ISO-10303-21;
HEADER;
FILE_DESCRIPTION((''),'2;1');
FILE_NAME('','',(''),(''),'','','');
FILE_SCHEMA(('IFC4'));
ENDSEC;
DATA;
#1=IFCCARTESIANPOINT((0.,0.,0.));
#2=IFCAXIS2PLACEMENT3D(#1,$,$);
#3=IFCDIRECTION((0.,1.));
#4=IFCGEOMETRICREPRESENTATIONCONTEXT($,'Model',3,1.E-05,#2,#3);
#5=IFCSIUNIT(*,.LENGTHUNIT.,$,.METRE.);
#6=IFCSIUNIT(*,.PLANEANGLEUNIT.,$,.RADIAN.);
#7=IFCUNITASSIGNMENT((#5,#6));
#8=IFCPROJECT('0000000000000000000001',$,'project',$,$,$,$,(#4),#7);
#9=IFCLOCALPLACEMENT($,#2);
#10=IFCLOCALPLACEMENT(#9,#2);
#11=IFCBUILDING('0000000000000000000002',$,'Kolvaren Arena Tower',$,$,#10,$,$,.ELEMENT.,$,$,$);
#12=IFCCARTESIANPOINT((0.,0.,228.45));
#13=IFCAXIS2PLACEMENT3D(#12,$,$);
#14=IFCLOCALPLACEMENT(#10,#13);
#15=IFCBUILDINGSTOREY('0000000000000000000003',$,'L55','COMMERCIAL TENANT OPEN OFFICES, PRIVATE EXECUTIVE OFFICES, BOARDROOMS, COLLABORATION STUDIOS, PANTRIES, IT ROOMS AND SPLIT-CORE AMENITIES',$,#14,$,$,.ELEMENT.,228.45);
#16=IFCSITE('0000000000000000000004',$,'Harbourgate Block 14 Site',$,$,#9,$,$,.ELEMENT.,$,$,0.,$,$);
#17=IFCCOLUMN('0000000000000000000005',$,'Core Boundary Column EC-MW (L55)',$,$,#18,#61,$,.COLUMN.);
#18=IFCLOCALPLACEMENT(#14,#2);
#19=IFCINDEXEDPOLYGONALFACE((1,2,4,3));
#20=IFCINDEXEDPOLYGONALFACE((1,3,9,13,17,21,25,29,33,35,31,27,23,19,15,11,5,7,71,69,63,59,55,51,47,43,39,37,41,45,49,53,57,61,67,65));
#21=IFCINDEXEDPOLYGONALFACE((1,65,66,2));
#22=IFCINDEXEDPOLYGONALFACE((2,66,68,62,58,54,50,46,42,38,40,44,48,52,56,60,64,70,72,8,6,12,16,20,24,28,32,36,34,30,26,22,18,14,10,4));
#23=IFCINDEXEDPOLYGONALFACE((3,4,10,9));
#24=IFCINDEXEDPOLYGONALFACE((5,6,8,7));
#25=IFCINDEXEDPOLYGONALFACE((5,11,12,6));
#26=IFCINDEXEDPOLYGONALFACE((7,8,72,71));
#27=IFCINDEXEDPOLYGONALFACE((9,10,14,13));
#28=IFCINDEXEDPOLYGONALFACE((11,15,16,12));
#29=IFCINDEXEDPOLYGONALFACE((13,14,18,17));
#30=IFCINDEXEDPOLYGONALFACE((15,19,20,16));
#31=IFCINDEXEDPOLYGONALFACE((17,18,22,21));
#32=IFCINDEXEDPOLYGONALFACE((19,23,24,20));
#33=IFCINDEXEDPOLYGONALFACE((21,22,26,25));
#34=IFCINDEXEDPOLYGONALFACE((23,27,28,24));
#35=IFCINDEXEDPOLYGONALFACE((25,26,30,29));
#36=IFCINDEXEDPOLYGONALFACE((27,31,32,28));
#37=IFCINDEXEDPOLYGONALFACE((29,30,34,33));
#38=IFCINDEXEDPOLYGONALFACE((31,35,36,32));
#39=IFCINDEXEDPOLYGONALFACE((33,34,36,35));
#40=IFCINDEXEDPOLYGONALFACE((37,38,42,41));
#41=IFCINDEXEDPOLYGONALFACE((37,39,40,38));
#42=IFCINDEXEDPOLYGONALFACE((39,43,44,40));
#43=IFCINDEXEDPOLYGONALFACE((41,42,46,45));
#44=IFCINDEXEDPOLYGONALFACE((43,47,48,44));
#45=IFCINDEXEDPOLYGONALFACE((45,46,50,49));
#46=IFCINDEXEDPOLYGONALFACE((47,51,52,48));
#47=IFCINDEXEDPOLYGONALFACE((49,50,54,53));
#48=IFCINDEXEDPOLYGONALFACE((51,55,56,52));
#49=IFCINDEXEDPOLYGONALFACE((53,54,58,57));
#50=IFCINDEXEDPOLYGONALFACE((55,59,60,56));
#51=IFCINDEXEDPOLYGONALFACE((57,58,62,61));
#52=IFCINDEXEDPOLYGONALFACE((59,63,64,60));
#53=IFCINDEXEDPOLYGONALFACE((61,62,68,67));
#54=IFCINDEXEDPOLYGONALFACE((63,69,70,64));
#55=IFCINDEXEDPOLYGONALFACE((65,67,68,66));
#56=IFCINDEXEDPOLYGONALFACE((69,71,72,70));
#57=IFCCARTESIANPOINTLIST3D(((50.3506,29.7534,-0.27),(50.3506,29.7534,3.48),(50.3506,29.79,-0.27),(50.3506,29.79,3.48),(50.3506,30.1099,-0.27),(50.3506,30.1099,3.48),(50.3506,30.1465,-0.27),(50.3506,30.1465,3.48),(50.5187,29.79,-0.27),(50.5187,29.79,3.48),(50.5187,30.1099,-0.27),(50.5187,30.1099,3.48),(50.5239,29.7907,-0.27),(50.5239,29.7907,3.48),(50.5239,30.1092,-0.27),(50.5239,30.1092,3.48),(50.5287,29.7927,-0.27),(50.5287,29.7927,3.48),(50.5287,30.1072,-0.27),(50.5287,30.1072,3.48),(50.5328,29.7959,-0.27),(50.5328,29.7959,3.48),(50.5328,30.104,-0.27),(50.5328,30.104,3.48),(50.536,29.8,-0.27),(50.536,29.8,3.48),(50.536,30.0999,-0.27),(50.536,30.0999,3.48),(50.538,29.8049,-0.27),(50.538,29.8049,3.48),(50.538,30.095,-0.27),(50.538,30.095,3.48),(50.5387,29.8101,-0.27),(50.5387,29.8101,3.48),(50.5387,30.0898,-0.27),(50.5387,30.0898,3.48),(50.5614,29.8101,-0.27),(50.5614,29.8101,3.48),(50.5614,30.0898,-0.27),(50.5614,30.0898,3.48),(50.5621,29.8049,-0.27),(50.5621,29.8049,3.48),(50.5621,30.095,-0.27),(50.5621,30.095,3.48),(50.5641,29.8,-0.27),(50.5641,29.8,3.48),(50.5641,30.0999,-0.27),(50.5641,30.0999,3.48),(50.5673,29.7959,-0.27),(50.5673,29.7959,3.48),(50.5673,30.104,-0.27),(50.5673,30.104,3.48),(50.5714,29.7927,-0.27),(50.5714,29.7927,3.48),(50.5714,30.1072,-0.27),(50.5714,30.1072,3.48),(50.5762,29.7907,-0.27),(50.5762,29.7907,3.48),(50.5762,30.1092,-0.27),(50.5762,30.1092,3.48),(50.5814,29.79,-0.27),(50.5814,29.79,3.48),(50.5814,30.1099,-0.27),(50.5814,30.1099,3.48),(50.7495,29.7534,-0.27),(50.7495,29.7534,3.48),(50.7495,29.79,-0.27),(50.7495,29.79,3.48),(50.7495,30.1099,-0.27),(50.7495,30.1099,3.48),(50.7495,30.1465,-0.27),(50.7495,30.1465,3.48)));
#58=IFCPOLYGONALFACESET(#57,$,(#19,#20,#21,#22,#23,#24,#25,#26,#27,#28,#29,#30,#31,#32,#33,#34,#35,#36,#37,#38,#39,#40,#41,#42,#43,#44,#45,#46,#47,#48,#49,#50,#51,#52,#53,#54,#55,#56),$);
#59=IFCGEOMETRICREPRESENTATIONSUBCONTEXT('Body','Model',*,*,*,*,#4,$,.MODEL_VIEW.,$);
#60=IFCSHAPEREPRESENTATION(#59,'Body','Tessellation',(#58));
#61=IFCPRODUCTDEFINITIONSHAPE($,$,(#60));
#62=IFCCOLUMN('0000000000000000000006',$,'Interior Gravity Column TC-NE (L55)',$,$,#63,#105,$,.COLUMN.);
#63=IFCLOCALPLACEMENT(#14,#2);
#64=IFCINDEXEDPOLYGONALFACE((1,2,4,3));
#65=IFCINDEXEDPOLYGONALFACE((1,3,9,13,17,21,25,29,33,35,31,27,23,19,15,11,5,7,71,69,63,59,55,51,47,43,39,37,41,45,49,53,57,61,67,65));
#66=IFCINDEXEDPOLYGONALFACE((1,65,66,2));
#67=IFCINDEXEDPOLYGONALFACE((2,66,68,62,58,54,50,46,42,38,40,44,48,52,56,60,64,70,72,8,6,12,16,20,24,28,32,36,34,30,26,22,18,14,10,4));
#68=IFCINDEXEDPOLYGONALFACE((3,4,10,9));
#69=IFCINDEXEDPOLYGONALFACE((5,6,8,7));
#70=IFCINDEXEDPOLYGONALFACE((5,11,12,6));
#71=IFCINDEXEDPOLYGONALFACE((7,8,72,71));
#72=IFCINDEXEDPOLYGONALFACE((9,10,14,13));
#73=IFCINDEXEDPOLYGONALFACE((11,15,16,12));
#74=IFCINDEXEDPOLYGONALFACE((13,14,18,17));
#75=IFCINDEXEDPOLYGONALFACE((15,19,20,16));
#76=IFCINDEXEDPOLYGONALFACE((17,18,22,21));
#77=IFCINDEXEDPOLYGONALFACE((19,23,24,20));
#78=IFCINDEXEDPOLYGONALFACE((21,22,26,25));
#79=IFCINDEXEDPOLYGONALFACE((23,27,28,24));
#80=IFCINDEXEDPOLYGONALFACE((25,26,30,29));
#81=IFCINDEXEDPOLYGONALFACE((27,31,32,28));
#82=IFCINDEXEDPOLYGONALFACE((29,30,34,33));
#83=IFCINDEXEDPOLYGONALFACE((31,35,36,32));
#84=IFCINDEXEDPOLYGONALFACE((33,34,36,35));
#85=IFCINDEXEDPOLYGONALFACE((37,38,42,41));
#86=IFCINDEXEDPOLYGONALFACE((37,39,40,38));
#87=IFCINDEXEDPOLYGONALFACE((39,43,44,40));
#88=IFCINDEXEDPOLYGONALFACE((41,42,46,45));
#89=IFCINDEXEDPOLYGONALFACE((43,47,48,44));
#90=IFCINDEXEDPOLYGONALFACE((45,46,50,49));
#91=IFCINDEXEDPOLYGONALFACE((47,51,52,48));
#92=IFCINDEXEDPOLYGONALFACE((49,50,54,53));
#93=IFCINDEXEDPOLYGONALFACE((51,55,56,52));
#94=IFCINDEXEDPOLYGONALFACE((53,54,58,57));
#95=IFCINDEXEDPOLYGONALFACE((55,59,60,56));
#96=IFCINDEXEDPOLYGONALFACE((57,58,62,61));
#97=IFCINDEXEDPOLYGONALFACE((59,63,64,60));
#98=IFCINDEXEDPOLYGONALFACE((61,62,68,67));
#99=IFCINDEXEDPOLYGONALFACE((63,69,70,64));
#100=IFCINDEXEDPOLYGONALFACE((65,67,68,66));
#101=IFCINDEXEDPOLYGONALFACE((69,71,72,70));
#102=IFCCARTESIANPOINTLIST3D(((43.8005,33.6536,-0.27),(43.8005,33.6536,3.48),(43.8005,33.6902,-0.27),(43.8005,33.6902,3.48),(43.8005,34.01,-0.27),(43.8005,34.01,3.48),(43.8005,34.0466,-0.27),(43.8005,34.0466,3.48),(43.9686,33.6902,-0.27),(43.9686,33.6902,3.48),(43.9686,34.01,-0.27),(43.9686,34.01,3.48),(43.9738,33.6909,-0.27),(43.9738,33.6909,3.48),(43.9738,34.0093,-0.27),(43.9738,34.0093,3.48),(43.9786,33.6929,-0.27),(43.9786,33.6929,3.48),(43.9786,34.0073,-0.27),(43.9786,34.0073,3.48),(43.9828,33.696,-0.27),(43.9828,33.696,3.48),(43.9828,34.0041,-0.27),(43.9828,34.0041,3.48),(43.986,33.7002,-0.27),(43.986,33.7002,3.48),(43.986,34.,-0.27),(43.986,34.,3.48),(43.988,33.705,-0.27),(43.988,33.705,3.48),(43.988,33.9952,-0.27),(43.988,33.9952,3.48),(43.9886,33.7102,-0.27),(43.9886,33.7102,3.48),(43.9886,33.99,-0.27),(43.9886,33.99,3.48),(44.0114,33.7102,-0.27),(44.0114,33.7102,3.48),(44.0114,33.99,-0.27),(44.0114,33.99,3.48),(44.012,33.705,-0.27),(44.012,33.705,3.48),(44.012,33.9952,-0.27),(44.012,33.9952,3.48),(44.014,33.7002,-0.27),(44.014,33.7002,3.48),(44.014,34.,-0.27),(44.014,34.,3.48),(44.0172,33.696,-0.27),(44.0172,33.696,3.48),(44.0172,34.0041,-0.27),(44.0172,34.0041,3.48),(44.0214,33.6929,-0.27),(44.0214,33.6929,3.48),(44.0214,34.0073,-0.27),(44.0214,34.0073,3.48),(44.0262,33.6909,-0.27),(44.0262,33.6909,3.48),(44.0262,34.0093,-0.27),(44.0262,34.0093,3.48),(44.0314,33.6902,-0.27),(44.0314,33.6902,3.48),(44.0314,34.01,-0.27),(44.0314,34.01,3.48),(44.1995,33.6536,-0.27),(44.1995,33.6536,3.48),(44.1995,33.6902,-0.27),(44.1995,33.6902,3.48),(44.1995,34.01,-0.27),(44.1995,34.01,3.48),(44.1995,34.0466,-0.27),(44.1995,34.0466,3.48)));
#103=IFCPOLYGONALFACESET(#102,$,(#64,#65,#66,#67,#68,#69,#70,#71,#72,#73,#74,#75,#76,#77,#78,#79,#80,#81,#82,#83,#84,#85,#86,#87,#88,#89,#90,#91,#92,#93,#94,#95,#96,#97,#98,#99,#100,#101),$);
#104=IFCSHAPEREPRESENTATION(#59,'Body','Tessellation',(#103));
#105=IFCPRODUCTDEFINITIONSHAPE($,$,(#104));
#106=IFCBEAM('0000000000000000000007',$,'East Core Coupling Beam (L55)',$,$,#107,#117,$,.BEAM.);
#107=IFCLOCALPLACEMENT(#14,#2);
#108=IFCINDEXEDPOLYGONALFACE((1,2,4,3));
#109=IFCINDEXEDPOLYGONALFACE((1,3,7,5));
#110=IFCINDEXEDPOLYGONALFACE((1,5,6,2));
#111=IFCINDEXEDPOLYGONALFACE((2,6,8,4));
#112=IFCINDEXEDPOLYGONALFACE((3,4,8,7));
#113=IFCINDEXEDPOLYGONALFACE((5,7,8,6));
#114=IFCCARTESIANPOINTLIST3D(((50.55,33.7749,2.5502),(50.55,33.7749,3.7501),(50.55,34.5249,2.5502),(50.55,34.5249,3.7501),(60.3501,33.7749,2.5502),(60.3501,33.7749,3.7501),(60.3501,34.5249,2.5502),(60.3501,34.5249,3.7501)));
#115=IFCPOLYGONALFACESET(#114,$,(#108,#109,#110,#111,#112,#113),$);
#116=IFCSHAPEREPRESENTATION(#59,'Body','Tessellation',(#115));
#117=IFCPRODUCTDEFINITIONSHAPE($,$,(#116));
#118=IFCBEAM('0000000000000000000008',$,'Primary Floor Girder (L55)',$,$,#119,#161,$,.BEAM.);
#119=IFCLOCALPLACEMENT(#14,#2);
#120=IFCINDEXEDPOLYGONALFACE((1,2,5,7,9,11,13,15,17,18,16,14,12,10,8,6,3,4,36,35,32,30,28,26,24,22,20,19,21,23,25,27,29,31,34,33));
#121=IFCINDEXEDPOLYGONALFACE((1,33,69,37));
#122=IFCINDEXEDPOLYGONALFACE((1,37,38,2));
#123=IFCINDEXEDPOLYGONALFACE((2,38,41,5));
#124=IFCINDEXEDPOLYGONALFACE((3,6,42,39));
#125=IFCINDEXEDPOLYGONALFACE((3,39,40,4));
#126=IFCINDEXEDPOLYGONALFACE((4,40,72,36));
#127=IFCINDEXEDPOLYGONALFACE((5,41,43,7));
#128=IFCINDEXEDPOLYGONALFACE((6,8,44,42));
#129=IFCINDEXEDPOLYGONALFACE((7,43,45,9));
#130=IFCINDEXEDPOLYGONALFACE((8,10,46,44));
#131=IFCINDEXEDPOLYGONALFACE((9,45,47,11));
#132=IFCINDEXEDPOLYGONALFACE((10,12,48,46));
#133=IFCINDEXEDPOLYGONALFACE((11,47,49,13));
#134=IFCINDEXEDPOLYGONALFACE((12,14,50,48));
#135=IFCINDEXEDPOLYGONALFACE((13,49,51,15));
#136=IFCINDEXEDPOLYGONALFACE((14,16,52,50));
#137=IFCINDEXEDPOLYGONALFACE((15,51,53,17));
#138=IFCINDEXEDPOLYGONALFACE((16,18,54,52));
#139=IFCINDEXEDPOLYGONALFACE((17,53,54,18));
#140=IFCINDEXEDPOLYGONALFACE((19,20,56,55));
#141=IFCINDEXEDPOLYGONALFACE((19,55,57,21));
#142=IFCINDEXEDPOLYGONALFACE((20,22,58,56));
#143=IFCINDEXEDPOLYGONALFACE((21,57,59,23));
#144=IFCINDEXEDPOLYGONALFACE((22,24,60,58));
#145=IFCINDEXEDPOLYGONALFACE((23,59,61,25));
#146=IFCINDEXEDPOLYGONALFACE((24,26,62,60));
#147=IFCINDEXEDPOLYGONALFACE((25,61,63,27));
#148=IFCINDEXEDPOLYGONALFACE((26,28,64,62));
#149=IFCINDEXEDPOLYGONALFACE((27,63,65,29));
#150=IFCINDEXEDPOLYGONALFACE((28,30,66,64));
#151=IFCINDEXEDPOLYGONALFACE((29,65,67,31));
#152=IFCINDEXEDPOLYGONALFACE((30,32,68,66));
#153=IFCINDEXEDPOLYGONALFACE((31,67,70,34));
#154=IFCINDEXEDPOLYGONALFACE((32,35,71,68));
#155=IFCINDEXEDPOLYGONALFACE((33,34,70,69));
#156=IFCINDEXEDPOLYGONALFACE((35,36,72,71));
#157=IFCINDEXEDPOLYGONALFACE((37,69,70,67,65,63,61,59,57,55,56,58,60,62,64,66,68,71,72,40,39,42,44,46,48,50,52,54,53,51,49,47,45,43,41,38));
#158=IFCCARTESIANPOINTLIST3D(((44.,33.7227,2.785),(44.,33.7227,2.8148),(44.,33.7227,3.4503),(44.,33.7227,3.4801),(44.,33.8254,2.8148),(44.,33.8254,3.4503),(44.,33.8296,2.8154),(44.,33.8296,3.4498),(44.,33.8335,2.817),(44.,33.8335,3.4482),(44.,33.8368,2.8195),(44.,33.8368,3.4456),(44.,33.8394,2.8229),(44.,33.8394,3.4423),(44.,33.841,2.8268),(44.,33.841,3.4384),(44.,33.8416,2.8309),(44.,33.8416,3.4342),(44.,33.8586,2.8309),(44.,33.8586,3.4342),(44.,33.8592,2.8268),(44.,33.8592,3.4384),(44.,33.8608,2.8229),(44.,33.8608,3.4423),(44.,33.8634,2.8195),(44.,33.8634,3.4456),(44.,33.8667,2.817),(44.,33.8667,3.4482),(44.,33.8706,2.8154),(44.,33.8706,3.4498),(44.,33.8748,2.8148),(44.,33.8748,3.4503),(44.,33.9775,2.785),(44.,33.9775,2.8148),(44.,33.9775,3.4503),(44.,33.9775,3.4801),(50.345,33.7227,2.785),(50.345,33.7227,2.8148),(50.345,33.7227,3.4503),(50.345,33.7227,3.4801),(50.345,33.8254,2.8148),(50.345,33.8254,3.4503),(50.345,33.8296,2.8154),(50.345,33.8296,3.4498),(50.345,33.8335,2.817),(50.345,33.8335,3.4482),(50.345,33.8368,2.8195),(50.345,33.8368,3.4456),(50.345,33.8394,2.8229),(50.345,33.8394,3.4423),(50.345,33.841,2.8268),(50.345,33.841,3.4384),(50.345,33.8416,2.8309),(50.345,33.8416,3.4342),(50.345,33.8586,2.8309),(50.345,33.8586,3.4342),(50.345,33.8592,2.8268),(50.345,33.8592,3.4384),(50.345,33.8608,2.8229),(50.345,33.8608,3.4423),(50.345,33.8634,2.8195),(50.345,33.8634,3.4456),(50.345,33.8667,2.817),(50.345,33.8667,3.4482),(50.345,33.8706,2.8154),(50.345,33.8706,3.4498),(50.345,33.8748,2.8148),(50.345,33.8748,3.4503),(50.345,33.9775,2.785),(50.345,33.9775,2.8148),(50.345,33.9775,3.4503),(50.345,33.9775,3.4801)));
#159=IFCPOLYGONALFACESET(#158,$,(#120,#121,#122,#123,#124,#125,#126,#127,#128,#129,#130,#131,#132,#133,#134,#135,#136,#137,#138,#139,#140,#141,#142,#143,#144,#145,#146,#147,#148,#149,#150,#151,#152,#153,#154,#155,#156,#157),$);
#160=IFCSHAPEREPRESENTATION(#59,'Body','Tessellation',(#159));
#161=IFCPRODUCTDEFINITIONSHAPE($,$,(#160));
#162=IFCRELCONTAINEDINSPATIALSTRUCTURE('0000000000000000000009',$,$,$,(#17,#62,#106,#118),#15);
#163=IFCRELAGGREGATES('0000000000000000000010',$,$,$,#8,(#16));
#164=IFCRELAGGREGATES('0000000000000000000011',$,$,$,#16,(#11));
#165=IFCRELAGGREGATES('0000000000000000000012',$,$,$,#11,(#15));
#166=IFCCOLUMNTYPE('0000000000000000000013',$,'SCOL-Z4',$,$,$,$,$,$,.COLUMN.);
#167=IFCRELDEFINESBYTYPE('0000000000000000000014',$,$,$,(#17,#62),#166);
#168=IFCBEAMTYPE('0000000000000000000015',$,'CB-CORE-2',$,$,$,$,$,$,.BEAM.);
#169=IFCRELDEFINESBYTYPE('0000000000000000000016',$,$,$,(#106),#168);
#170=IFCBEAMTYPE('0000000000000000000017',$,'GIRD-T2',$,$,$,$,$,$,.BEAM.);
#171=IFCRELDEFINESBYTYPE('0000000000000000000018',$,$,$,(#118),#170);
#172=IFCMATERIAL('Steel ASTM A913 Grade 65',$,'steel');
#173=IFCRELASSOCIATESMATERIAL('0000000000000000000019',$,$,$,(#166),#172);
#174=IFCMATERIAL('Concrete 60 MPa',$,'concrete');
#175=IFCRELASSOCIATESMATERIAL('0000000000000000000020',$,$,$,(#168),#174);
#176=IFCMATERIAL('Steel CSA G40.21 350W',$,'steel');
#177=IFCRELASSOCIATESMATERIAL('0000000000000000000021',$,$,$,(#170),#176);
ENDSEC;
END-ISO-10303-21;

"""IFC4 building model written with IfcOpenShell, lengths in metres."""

from ifc_helpers import new_model, si_unit, direction, frame, origin, origin_2d, place, context, subcontext, project, spatial, rectangle, i_section, extrude, material, material_profile, profile_set, type_object, element, save


model = new_model("IFC4")

# Units and contexts
model_context = context("Model", 3, precision=1e-05, world=origin(), true_north=direction((0.0, 1.0)))
body_context = subcontext(model_context, "Body", "Model", "MODEL_VIEW")
ifc_project = project(units=[si_unit("LENGTHUNIT", "METRE"), si_unit("PLANEANGLEUNIT", "RADIAN")], contexts=[model_context])

# Site, building, storey
site_placement = place(None, origin())
site = spatial("IfcSite", under=ifc_project, at=site_placement, Name="Harbourgate Block 14 Site", CompositionType="ELEMENT", RefElevation=0.0)
building_placement = place(site_placement, origin())
building = spatial("IfcBuilding", under=site, at=building_placement, Name="Kolvaren Arena Tower", CompositionType="ELEMENT")
storey_placement = place(building_placement, frame((0.0, 0.0, 228.45)))
storey = spatial("IfcBuildingStorey", under=building, at=storey_placement, Name="L55", Description="COMMERCIAL TENANT OPEN OFFICES, PRIVATE EXECUTIVE OFFICES, BOARDROOMS, COLLABORATION STUDIOS, PANTRIES, IT ROOMS AND SPLIT-CORE AMENITIES", CompositionType="ELEMENT", Elevation=228.45)

# Columns
ifc_material_1 = material(Name="Steel ASTM A913 Grade 65", Category="steel")
ifc_material_profile_1 = material_profile(ifc_material_1, i_section(OverallWidth=0.3989, OverallDepth=0.3931, WebThickness=0.0227, FlangeThickness=0.0366, FilletRadius=0.02, at=origin_2d()), Name="W360x287")
ifc_profile_set_1 = profile_set([ifc_material_profile_1], Name="Steel ASTM A913 Grade 65")
column_type = type_object("IfcColumnType", Name="SCOL-Z4", PredefinedType="COLUMN", material=ifc_profile_set_1)
for number, where, z_axis, x_axis, name in (
    (1, (50.55, 29.95, -0.27), (0.0, 0.0, 1.0), (1.0, 0.0, 0.0), "Core Boundary Column EC-MW (L55)"),
    (2, (44.0, 33.8501, -0.27), (0.0, 0.0, 1.0), (1.0, 0.0, 0.0), "Interior Gravity Column TC-NE (L55)"),
):
    element("IfcColumn", number, at=place(storey_placement, frame(where, z_axis=z_axis, x_axis=x_axis)), inside=storey, type_object=column_type, Name=name, PredefinedType="COLUMN", context=body_context, shape_type="SweptSolid", body=[
        extrude(i_section(OverallWidth=0.3989, OverallDepth=0.3931, WebThickness=0.0227, FlangeThickness=0.0366, FilletRadius=0.02, at=origin_2d()), origin(), (0.0, 0.0, 1.0), 3.75),
    ])

# Beams
ifc_material_2 = material(Name="Concrete 60 MPa", Category="concrete")
ifc_material_profile_2 = material_profile(ifc_material_2, rectangle(XDim=0.75, YDim=1.2, at=origin_2d()), Name="RC-750x1200")
ifc_profile_set_2 = profile_set([ifc_material_profile_2], Name="Concrete 60 MPa")
beam_type_1 = type_object("IfcBeamType", Name="CB-CORE-2", PredefinedType="BEAM", material=ifc_profile_set_2)
beam_1_placement = place(storey_placement, frame((50.55, 34.1499, 3.1501), z_axis=(1.0, 0.0, 0.0), x_axis=(0.0, 1.0, 0.0)))
element("IfcBeam", 3, at=beam_1_placement, inside=storey, type_object=beam_type_1, Name="East Core Coupling Beam (L55)", PredefinedType="BEAM", context=body_context, shape_type="SweptSolid", body=[
    extrude(rectangle(XDim=0.75, YDim=1.2, at=origin_2d()), origin(), (0.0, 0.0, 1.0), 9.8),
])
ifc_material_3 = material(Name="Steel CSA G40.21 350W", Category="steel")
ifc_material_profile_3 = material_profile(ifc_material_3, i_section(OverallWidth=0.2549, OverallDepth=0.6951, WebThickness=0.0171, FlangeThickness=0.0298, FilletRadius=0.0161, at=origin_2d()), Name="W690x217")
ifc_profile_set_3 = profile_set([ifc_material_profile_3], Name="Steel CSA G40.21 350W")
beam_type_2 = type_object("IfcBeamType", Name="GIRD-T2", PredefinedType="BEAM", material=ifc_profile_set_3)
beam_2_placement = place(storey_placement, frame((44.0, 33.8501, 3.1326), z_axis=(1.0, 0.0, 0.0), x_axis=(0.0, 1.0, 0.0)))
element("IfcBeam", 4, at=beam_2_placement, inside=storey, type_object=beam_type_2, Name="Primary Floor Girder (L55)", PredefinedType="BEAM", context=body_context, shape_type="SweptSolid", body=[
    extrude(i_section(OverallWidth=0.2549, OverallDepth=0.6951, WebThickness=0.0171, FlangeThickness=0.0298, FilletRadius=0.0161, at=origin_2d()), origin(), (0.0, 0.0, 1.0), 6.345),
])

save(model, "model.ifc")
